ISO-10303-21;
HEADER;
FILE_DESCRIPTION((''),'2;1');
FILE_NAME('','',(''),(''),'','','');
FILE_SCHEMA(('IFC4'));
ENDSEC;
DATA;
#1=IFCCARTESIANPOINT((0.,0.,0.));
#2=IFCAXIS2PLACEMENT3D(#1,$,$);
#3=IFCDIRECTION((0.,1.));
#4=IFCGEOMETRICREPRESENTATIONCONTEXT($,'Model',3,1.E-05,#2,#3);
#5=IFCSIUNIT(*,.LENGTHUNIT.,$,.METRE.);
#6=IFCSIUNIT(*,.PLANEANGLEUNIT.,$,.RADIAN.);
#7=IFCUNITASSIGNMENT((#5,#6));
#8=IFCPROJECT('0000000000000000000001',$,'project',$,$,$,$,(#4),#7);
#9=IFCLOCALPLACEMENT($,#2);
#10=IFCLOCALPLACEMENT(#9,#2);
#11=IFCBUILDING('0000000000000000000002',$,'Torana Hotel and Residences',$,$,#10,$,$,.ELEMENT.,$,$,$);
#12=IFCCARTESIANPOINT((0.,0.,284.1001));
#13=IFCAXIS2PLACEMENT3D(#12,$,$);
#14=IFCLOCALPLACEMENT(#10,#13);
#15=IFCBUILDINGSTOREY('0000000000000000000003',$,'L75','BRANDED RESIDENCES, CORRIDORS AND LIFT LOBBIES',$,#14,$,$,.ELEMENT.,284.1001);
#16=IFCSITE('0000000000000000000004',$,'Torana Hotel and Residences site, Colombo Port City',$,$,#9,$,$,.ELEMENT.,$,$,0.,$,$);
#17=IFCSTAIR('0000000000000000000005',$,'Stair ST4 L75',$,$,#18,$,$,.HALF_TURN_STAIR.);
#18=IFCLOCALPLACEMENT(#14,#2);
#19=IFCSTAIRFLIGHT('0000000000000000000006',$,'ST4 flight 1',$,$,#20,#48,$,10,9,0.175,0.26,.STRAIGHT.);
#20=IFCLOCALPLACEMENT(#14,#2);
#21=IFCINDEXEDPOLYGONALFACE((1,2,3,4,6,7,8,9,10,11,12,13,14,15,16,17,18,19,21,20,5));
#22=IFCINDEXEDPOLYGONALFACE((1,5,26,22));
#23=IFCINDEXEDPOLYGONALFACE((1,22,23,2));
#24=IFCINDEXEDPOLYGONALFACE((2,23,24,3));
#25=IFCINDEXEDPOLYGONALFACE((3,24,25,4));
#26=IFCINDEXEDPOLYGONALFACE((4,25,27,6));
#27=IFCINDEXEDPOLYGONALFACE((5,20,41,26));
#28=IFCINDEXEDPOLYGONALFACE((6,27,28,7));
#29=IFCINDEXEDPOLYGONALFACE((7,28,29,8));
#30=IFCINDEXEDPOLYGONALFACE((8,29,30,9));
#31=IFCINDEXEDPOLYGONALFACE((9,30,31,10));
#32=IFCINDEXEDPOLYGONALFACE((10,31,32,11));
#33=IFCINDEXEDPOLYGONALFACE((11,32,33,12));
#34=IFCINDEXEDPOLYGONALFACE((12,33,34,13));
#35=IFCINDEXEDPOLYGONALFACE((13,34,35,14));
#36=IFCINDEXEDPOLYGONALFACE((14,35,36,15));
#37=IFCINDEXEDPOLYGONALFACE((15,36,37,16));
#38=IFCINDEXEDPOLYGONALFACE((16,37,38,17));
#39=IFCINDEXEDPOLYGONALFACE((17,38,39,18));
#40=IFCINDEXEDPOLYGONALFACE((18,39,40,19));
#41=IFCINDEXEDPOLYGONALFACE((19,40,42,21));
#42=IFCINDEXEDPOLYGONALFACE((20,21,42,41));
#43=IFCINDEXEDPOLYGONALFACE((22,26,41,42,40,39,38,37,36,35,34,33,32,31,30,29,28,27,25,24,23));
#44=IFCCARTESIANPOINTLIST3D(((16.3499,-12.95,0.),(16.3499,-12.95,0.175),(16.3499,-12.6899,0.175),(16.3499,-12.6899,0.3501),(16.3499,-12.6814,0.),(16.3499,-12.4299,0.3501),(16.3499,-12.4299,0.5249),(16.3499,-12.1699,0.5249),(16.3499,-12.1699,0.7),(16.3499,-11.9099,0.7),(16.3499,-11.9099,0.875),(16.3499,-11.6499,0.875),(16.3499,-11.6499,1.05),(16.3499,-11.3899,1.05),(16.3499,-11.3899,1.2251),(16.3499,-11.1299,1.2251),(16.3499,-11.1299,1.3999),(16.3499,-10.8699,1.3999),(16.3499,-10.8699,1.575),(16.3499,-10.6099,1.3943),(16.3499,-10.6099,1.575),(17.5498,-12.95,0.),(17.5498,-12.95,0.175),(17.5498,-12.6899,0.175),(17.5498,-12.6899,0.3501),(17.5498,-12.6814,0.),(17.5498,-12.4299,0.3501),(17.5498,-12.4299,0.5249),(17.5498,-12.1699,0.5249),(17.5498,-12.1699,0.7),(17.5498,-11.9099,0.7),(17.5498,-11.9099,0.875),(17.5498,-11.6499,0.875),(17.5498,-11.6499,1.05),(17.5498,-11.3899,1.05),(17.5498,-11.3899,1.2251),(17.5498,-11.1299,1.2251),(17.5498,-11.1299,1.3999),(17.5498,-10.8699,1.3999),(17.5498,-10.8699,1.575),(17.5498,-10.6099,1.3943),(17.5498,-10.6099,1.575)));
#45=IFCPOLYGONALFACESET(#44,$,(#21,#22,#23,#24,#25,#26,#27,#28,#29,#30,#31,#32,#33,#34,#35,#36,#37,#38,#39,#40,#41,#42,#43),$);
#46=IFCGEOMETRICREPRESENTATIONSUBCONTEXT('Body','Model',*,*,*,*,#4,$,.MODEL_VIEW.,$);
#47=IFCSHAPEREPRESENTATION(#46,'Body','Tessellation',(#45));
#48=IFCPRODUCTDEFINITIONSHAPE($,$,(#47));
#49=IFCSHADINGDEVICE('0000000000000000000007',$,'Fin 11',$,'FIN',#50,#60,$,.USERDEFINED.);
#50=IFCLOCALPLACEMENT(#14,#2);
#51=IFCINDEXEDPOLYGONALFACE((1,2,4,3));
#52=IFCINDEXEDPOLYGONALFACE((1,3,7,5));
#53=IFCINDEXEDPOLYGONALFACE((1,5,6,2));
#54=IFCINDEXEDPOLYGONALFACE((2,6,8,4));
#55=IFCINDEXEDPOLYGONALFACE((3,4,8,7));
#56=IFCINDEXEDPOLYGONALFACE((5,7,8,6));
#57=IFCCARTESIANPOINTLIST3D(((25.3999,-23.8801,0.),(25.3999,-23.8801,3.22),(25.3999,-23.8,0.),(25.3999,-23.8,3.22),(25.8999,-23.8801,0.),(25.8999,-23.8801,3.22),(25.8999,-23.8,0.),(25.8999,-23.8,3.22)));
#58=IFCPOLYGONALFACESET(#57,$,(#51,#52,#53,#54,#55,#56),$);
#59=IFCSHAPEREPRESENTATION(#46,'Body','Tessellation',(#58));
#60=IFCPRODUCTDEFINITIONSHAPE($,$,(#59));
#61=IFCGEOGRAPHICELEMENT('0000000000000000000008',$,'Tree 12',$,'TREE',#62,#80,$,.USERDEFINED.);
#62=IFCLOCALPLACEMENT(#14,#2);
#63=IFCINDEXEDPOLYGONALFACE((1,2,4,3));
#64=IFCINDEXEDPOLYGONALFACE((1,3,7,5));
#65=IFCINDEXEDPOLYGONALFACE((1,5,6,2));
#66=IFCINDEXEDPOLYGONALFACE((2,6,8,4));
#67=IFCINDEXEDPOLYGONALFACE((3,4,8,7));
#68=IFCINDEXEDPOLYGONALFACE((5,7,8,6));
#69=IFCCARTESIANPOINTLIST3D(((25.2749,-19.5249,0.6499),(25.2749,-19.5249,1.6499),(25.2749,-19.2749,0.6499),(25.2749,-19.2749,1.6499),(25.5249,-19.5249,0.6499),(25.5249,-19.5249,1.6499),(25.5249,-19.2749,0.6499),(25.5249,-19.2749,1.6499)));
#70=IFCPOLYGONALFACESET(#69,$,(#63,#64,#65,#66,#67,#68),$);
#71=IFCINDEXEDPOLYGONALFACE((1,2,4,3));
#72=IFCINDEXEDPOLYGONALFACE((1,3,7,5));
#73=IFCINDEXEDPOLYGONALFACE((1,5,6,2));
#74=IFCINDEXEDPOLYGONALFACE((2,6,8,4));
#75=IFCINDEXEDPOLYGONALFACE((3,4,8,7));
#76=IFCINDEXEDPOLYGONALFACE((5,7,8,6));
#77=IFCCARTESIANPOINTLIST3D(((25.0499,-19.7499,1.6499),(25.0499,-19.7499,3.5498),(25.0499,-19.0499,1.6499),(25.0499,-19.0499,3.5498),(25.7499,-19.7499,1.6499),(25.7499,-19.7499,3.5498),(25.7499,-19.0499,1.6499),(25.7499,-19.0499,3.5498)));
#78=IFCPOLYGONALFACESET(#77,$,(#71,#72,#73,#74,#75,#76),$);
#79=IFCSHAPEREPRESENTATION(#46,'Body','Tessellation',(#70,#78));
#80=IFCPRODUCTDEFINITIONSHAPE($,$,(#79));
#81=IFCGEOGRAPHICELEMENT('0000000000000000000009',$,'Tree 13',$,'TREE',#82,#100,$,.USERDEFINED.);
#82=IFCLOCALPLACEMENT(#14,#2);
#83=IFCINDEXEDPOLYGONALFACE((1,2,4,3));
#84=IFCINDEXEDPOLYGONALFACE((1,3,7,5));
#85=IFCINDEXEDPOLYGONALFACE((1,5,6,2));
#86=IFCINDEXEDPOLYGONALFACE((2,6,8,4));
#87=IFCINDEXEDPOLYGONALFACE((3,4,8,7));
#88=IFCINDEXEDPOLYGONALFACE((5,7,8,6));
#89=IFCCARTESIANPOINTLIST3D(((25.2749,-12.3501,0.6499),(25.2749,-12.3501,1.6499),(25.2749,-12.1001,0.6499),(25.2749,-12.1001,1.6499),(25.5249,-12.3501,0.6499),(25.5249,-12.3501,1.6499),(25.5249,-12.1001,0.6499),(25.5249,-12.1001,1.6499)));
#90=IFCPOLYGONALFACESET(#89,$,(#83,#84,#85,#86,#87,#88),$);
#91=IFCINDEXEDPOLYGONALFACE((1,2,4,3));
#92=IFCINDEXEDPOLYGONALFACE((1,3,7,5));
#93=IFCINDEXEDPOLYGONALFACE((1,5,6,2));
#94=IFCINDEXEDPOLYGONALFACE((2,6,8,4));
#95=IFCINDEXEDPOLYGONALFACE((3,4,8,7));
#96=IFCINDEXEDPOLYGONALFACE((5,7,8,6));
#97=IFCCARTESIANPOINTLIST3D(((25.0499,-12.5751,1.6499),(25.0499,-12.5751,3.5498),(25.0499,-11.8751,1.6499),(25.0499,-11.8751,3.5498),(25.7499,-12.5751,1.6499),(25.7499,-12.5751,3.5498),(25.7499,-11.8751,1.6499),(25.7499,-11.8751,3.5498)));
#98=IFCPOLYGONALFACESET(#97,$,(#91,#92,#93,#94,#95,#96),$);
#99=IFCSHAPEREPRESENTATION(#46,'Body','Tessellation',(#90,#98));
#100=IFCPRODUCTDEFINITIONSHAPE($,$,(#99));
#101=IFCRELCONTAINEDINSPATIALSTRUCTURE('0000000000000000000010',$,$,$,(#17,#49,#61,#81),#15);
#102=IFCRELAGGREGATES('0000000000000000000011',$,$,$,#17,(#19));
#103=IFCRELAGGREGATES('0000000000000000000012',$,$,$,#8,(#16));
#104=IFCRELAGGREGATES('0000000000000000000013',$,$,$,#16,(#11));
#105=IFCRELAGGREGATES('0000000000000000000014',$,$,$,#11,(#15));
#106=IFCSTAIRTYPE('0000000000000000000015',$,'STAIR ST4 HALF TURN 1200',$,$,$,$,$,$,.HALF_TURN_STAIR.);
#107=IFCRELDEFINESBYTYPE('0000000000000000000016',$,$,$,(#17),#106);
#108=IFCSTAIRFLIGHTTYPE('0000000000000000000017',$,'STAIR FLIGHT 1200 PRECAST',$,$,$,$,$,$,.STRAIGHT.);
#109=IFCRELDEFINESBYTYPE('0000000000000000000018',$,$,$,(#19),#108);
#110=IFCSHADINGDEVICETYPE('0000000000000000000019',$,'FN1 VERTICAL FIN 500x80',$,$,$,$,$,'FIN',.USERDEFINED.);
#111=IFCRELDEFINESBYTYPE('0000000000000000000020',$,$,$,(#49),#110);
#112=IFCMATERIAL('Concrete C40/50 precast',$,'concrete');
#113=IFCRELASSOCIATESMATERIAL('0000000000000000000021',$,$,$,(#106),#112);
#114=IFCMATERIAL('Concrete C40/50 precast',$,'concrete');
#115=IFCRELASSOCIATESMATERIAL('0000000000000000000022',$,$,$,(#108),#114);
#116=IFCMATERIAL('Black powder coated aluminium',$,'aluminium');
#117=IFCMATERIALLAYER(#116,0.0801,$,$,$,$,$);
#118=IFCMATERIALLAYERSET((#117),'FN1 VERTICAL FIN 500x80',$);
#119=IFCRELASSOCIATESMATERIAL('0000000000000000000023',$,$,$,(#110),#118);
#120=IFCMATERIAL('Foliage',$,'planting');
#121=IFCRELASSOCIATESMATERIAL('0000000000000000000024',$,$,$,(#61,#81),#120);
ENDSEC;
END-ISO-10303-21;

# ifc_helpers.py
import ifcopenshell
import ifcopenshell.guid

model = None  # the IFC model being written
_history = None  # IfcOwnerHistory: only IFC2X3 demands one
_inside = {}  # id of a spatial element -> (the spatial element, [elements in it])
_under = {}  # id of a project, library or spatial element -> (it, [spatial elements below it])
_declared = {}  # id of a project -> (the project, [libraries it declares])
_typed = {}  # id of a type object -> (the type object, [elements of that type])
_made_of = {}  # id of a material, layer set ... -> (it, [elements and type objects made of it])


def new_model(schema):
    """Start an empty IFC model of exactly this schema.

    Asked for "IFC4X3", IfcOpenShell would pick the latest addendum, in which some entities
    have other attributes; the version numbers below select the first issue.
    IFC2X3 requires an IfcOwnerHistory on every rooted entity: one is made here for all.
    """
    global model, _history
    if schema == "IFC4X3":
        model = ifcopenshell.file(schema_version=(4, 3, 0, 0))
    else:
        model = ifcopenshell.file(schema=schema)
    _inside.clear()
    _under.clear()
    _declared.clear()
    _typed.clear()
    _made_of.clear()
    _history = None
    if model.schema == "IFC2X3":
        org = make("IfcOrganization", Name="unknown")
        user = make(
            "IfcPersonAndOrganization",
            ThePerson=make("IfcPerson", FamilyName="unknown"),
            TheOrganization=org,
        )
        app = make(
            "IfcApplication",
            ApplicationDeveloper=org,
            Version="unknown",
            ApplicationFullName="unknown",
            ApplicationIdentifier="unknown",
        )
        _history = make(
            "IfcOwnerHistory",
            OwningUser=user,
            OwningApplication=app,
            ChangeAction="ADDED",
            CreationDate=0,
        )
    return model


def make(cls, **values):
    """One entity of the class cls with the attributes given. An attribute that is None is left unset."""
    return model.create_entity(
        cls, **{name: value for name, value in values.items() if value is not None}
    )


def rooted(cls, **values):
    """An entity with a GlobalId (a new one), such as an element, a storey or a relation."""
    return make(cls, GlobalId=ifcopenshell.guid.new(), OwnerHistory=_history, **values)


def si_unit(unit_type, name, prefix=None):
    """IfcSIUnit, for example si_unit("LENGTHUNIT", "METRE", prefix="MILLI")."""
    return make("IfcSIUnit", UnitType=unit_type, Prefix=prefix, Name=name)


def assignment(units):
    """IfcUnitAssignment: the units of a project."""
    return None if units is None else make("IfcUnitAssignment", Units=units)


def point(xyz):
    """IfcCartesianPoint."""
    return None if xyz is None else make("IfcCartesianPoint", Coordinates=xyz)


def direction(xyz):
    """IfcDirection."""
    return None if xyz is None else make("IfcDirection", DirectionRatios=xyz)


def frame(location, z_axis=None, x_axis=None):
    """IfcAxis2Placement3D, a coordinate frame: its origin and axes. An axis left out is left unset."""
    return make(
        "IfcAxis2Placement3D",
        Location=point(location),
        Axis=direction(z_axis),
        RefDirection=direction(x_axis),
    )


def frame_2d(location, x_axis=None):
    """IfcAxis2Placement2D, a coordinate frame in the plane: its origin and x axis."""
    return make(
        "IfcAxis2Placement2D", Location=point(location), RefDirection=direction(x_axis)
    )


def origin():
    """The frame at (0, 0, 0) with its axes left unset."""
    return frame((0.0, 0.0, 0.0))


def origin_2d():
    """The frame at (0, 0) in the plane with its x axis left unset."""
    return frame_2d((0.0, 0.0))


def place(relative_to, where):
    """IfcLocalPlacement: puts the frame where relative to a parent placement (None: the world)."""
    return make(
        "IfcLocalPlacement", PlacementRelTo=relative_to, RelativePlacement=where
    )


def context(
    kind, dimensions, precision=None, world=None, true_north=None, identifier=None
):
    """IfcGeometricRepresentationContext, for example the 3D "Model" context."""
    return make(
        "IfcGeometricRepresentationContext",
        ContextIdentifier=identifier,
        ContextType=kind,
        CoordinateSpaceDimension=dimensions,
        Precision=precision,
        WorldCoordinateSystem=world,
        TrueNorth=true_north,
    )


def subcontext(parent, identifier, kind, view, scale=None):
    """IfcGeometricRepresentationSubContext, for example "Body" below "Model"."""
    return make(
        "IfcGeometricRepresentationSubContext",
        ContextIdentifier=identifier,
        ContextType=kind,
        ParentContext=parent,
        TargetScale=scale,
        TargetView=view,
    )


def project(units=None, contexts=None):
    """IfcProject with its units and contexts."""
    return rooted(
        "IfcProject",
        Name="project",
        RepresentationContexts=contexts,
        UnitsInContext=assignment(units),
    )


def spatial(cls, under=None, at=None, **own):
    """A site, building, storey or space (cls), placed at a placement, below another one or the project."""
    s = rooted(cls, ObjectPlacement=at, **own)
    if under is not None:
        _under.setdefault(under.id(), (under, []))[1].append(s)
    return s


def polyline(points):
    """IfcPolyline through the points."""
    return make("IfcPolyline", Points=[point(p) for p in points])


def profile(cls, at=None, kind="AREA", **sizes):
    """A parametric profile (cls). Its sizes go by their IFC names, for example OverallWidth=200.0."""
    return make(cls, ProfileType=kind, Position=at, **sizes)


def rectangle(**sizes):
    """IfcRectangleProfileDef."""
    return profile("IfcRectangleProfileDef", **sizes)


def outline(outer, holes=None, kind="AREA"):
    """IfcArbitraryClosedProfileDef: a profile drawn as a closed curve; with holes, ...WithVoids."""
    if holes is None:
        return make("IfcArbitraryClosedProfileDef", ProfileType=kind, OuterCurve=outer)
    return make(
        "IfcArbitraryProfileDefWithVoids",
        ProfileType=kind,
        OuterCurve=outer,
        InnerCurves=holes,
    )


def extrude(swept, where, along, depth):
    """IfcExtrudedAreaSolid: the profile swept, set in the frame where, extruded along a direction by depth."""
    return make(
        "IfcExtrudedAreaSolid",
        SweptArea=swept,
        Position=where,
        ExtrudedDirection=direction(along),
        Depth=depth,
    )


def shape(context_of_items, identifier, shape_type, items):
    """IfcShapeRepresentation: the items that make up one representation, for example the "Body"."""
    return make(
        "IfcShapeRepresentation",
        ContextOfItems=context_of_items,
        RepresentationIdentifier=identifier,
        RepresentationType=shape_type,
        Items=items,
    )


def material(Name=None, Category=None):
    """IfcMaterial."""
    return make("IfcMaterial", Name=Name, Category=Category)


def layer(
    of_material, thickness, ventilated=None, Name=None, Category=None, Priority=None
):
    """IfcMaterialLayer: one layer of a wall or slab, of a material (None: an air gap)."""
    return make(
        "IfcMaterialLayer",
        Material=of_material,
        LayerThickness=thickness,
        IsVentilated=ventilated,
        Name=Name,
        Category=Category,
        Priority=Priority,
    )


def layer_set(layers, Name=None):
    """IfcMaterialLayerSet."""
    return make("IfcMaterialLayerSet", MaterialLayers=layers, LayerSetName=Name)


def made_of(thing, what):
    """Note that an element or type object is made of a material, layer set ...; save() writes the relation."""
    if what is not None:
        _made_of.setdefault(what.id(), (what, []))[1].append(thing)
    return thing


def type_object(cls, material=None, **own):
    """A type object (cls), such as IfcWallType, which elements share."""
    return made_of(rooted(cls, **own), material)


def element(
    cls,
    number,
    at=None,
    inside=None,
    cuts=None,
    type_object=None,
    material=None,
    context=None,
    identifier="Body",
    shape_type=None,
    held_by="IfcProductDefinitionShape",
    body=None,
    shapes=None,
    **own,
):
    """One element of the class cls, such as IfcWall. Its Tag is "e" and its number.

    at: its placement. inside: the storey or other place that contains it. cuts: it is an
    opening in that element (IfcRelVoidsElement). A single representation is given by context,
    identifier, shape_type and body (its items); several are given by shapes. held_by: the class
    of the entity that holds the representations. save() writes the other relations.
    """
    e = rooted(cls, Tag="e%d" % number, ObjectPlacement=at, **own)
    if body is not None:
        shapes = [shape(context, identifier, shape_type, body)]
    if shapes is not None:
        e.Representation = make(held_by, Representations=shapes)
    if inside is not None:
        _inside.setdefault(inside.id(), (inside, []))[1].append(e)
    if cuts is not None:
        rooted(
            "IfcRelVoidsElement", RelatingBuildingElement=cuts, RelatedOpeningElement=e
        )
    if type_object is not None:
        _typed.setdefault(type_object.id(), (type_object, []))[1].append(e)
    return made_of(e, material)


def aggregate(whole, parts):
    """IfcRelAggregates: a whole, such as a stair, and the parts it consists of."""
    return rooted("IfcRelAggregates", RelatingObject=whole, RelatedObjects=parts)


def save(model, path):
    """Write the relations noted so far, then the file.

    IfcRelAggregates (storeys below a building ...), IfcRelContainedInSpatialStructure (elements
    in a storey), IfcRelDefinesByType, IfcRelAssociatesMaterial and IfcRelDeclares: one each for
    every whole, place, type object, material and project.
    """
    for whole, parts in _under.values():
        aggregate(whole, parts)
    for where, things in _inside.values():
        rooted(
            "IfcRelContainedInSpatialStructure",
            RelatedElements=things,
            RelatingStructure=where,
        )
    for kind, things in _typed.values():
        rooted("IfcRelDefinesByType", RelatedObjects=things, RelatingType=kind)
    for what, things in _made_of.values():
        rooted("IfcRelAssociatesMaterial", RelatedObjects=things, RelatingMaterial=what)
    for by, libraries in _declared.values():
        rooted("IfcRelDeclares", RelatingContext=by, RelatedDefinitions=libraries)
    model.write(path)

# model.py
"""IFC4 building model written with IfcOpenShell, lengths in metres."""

from ifc_helpers import new_model, si_unit, direction, frame, origin, origin_2d, place, context, subcontext, project, spatial, polyline, rectangle, outline, extrude, material, layer, layer_set, type_object, element, aggregate, save


model = new_model("IFC4")

# Units and contexts
model_context = context("Model", 3, precision=1e-05, world=origin(), true_north=direction((0.0, 1.0)))
body_context = subcontext(model_context, "Body", "Model", "MODEL_VIEW")
ifc_project = project(units=[si_unit("LENGTHUNIT", "METRE"), si_unit("PLANEANGLEUNIT", "RADIAN")], contexts=[model_context])

# Site, building, storey
site_placement = place(None, origin())
site = spatial("IfcSite", under=ifc_project, at=site_placement, Name="Torana Hotel and Residences site, Colombo Port City", CompositionType="ELEMENT", RefElevation=0.0)
building_placement = place(site_placement, origin())
building = spatial("IfcBuilding", under=site, at=building_placement, Name="Torana Hotel and Residences", CompositionType="ELEMENT")
storey_placement = place(building_placement, frame((0.0, 0.0, 284.1001)))
storey = spatial("IfcBuildingStorey", under=building, at=storey_placement, Name="L75", Description="BRANDED RESIDENCES, CORRIDORS AND LIFT LOBBIES", CompositionType="ELEMENT", Elevation=284.1001)

# Stair, stair flight
ifc_material_1 = material(Name="Concrete C40/50 precast", Category="concrete")
stair_type = type_object("IfcStairType", Name="STAIR ST4 HALF TURN 1200", PredefinedType="HALF_TURN_STAIR", material=ifc_material_1)
stair_placement = place(storey_placement, origin())
stair = element("IfcStair", 1, at=stair_placement, inside=storey, type_object=stair_type, Name="Stair ST4 L75", PredefinedType="HALF_TURN_STAIR")
ifc_material_2 = material(Name="Concrete C40/50 precast", Category="concrete")
stair_flight_type = type_object("IfcStairFlightType", Name="STAIR FLIGHT 1200 PRECAST", PredefinedType="STRAIGHT", material=ifc_material_2)
stair_flight_placement = place(storey_placement, frame((16.95, -12.95, 0.0), z_axis=(0.0, 0.0, 1.0), x_axis=(0.0, 1.0, 0.0)))
stair_flight = element("IfcStairFlight", 2, at=stair_flight_placement, type_object=stair_flight_type, Name="ST4 flight 1", NumberOfRisers=10, NumberOfTreads=9, PredefinedType="STRAIGHT", RiserHeight=0.175, TreadLength=0.26, context=body_context, shape_type="SweptSolid", body=[
    extrude(outline(polyline([(0.0, 0.0), (0.0, 0.175), (0.26, 0.175), (0.26, 0.3501), (0.52, 0.3501), (0.52, 0.5249), (0.78, 0.5249), (0.78, 0.7), (1.04, 0.7), (1.04, 0.875), (1.3, 0.875), (1.3, 1.05), (1.5601, 1.05), (1.5601, 1.2251), (1.8201, 1.2251), (1.8201, 1.3999), (2.0801, 1.3999), (2.0801, 1.575), (2.3401, 1.575), (2.3401, 1.75), (2.3401, 1.3943), (0.2686, 0.0), (0.0, 0.0)])), frame((0.0, 0.6001, 0.0), z_axis=(0.0, -1.0, 0.0), x_axis=(1.0, 0.0, 0.0)), (0.0, 0.0, 1.0), 1.2),
])
aggregate(stair, [stair_flight])

# Shading device
ifc_material_3 = material(Name="Black powder coated aluminium", Category="aluminium")
ifc_layer_1 = layer(ifc_material_3, 0.0801)
ifc_layer_set_1 = layer_set([ifc_layer_1], Name="FN1 VERTICAL FIN 500x80")
shading_device_type = type_object("IfcShadingDeviceType", Name="FN1 VERTICAL FIN 500x80", ElementType="FIN", PredefinedType="USERDEFINED", material=ifc_layer_set_1)
shading_device_placement = place(storey_placement, frame((25.6499, -23.8401, 0.0), z_axis=(0.0, 0.0, 1.0), x_axis=(0.0, -1.0, 0.0)))
element("IfcShadingDevice", 3, at=shading_device_placement, inside=storey, type_object=shading_device_type, Name="Fin 11", ObjectType="FIN", PredefinedType="USERDEFINED", context=body_context, shape_type="SweptSolid", body=[
    extrude(rectangle(XDim=0.0801, YDim=0.5, at=origin_2d()), origin(), (0.0, 0.0, 1.0), 3.22),
])

# Geographic elements
ifc_material_4 = material(Name="Foliage", Category="planting")
for number, where, z_axis, x_axis, name in (
    (4, (25.3999, -19.3999, 0.6499), (0.0, 0.0, 1.0), (1.0, 0.0, 0.0), "Tree 12"),
    (5, (25.3999, -12.2251, 0.6499), (0.0, 0.0, 1.0), (1.0, 0.0, 0.0), "Tree 13"),
):
    element("IfcGeographicElement", number, at=place(storey_placement, frame(where, z_axis=z_axis, x_axis=x_axis)), inside=storey, material=ifc_material_4, Name=name, ObjectType="TREE", PredefinedType="USERDEFINED", context=body_context, shape_type="SweptSolid", body=[
        extrude(rectangle(XDim=0.25, YDim=0.25, at=origin_2d()), origin(), (0.0, 0.0, 1.0), 1.0),
        extrude(rectangle(XDim=0.7, YDim=0.7, at=origin_2d()), frame((0.0, 0.0, 1.0)), (0.0, 0.0, 1.0), 1.8999),
    ])

save(model, "model.ifc")
